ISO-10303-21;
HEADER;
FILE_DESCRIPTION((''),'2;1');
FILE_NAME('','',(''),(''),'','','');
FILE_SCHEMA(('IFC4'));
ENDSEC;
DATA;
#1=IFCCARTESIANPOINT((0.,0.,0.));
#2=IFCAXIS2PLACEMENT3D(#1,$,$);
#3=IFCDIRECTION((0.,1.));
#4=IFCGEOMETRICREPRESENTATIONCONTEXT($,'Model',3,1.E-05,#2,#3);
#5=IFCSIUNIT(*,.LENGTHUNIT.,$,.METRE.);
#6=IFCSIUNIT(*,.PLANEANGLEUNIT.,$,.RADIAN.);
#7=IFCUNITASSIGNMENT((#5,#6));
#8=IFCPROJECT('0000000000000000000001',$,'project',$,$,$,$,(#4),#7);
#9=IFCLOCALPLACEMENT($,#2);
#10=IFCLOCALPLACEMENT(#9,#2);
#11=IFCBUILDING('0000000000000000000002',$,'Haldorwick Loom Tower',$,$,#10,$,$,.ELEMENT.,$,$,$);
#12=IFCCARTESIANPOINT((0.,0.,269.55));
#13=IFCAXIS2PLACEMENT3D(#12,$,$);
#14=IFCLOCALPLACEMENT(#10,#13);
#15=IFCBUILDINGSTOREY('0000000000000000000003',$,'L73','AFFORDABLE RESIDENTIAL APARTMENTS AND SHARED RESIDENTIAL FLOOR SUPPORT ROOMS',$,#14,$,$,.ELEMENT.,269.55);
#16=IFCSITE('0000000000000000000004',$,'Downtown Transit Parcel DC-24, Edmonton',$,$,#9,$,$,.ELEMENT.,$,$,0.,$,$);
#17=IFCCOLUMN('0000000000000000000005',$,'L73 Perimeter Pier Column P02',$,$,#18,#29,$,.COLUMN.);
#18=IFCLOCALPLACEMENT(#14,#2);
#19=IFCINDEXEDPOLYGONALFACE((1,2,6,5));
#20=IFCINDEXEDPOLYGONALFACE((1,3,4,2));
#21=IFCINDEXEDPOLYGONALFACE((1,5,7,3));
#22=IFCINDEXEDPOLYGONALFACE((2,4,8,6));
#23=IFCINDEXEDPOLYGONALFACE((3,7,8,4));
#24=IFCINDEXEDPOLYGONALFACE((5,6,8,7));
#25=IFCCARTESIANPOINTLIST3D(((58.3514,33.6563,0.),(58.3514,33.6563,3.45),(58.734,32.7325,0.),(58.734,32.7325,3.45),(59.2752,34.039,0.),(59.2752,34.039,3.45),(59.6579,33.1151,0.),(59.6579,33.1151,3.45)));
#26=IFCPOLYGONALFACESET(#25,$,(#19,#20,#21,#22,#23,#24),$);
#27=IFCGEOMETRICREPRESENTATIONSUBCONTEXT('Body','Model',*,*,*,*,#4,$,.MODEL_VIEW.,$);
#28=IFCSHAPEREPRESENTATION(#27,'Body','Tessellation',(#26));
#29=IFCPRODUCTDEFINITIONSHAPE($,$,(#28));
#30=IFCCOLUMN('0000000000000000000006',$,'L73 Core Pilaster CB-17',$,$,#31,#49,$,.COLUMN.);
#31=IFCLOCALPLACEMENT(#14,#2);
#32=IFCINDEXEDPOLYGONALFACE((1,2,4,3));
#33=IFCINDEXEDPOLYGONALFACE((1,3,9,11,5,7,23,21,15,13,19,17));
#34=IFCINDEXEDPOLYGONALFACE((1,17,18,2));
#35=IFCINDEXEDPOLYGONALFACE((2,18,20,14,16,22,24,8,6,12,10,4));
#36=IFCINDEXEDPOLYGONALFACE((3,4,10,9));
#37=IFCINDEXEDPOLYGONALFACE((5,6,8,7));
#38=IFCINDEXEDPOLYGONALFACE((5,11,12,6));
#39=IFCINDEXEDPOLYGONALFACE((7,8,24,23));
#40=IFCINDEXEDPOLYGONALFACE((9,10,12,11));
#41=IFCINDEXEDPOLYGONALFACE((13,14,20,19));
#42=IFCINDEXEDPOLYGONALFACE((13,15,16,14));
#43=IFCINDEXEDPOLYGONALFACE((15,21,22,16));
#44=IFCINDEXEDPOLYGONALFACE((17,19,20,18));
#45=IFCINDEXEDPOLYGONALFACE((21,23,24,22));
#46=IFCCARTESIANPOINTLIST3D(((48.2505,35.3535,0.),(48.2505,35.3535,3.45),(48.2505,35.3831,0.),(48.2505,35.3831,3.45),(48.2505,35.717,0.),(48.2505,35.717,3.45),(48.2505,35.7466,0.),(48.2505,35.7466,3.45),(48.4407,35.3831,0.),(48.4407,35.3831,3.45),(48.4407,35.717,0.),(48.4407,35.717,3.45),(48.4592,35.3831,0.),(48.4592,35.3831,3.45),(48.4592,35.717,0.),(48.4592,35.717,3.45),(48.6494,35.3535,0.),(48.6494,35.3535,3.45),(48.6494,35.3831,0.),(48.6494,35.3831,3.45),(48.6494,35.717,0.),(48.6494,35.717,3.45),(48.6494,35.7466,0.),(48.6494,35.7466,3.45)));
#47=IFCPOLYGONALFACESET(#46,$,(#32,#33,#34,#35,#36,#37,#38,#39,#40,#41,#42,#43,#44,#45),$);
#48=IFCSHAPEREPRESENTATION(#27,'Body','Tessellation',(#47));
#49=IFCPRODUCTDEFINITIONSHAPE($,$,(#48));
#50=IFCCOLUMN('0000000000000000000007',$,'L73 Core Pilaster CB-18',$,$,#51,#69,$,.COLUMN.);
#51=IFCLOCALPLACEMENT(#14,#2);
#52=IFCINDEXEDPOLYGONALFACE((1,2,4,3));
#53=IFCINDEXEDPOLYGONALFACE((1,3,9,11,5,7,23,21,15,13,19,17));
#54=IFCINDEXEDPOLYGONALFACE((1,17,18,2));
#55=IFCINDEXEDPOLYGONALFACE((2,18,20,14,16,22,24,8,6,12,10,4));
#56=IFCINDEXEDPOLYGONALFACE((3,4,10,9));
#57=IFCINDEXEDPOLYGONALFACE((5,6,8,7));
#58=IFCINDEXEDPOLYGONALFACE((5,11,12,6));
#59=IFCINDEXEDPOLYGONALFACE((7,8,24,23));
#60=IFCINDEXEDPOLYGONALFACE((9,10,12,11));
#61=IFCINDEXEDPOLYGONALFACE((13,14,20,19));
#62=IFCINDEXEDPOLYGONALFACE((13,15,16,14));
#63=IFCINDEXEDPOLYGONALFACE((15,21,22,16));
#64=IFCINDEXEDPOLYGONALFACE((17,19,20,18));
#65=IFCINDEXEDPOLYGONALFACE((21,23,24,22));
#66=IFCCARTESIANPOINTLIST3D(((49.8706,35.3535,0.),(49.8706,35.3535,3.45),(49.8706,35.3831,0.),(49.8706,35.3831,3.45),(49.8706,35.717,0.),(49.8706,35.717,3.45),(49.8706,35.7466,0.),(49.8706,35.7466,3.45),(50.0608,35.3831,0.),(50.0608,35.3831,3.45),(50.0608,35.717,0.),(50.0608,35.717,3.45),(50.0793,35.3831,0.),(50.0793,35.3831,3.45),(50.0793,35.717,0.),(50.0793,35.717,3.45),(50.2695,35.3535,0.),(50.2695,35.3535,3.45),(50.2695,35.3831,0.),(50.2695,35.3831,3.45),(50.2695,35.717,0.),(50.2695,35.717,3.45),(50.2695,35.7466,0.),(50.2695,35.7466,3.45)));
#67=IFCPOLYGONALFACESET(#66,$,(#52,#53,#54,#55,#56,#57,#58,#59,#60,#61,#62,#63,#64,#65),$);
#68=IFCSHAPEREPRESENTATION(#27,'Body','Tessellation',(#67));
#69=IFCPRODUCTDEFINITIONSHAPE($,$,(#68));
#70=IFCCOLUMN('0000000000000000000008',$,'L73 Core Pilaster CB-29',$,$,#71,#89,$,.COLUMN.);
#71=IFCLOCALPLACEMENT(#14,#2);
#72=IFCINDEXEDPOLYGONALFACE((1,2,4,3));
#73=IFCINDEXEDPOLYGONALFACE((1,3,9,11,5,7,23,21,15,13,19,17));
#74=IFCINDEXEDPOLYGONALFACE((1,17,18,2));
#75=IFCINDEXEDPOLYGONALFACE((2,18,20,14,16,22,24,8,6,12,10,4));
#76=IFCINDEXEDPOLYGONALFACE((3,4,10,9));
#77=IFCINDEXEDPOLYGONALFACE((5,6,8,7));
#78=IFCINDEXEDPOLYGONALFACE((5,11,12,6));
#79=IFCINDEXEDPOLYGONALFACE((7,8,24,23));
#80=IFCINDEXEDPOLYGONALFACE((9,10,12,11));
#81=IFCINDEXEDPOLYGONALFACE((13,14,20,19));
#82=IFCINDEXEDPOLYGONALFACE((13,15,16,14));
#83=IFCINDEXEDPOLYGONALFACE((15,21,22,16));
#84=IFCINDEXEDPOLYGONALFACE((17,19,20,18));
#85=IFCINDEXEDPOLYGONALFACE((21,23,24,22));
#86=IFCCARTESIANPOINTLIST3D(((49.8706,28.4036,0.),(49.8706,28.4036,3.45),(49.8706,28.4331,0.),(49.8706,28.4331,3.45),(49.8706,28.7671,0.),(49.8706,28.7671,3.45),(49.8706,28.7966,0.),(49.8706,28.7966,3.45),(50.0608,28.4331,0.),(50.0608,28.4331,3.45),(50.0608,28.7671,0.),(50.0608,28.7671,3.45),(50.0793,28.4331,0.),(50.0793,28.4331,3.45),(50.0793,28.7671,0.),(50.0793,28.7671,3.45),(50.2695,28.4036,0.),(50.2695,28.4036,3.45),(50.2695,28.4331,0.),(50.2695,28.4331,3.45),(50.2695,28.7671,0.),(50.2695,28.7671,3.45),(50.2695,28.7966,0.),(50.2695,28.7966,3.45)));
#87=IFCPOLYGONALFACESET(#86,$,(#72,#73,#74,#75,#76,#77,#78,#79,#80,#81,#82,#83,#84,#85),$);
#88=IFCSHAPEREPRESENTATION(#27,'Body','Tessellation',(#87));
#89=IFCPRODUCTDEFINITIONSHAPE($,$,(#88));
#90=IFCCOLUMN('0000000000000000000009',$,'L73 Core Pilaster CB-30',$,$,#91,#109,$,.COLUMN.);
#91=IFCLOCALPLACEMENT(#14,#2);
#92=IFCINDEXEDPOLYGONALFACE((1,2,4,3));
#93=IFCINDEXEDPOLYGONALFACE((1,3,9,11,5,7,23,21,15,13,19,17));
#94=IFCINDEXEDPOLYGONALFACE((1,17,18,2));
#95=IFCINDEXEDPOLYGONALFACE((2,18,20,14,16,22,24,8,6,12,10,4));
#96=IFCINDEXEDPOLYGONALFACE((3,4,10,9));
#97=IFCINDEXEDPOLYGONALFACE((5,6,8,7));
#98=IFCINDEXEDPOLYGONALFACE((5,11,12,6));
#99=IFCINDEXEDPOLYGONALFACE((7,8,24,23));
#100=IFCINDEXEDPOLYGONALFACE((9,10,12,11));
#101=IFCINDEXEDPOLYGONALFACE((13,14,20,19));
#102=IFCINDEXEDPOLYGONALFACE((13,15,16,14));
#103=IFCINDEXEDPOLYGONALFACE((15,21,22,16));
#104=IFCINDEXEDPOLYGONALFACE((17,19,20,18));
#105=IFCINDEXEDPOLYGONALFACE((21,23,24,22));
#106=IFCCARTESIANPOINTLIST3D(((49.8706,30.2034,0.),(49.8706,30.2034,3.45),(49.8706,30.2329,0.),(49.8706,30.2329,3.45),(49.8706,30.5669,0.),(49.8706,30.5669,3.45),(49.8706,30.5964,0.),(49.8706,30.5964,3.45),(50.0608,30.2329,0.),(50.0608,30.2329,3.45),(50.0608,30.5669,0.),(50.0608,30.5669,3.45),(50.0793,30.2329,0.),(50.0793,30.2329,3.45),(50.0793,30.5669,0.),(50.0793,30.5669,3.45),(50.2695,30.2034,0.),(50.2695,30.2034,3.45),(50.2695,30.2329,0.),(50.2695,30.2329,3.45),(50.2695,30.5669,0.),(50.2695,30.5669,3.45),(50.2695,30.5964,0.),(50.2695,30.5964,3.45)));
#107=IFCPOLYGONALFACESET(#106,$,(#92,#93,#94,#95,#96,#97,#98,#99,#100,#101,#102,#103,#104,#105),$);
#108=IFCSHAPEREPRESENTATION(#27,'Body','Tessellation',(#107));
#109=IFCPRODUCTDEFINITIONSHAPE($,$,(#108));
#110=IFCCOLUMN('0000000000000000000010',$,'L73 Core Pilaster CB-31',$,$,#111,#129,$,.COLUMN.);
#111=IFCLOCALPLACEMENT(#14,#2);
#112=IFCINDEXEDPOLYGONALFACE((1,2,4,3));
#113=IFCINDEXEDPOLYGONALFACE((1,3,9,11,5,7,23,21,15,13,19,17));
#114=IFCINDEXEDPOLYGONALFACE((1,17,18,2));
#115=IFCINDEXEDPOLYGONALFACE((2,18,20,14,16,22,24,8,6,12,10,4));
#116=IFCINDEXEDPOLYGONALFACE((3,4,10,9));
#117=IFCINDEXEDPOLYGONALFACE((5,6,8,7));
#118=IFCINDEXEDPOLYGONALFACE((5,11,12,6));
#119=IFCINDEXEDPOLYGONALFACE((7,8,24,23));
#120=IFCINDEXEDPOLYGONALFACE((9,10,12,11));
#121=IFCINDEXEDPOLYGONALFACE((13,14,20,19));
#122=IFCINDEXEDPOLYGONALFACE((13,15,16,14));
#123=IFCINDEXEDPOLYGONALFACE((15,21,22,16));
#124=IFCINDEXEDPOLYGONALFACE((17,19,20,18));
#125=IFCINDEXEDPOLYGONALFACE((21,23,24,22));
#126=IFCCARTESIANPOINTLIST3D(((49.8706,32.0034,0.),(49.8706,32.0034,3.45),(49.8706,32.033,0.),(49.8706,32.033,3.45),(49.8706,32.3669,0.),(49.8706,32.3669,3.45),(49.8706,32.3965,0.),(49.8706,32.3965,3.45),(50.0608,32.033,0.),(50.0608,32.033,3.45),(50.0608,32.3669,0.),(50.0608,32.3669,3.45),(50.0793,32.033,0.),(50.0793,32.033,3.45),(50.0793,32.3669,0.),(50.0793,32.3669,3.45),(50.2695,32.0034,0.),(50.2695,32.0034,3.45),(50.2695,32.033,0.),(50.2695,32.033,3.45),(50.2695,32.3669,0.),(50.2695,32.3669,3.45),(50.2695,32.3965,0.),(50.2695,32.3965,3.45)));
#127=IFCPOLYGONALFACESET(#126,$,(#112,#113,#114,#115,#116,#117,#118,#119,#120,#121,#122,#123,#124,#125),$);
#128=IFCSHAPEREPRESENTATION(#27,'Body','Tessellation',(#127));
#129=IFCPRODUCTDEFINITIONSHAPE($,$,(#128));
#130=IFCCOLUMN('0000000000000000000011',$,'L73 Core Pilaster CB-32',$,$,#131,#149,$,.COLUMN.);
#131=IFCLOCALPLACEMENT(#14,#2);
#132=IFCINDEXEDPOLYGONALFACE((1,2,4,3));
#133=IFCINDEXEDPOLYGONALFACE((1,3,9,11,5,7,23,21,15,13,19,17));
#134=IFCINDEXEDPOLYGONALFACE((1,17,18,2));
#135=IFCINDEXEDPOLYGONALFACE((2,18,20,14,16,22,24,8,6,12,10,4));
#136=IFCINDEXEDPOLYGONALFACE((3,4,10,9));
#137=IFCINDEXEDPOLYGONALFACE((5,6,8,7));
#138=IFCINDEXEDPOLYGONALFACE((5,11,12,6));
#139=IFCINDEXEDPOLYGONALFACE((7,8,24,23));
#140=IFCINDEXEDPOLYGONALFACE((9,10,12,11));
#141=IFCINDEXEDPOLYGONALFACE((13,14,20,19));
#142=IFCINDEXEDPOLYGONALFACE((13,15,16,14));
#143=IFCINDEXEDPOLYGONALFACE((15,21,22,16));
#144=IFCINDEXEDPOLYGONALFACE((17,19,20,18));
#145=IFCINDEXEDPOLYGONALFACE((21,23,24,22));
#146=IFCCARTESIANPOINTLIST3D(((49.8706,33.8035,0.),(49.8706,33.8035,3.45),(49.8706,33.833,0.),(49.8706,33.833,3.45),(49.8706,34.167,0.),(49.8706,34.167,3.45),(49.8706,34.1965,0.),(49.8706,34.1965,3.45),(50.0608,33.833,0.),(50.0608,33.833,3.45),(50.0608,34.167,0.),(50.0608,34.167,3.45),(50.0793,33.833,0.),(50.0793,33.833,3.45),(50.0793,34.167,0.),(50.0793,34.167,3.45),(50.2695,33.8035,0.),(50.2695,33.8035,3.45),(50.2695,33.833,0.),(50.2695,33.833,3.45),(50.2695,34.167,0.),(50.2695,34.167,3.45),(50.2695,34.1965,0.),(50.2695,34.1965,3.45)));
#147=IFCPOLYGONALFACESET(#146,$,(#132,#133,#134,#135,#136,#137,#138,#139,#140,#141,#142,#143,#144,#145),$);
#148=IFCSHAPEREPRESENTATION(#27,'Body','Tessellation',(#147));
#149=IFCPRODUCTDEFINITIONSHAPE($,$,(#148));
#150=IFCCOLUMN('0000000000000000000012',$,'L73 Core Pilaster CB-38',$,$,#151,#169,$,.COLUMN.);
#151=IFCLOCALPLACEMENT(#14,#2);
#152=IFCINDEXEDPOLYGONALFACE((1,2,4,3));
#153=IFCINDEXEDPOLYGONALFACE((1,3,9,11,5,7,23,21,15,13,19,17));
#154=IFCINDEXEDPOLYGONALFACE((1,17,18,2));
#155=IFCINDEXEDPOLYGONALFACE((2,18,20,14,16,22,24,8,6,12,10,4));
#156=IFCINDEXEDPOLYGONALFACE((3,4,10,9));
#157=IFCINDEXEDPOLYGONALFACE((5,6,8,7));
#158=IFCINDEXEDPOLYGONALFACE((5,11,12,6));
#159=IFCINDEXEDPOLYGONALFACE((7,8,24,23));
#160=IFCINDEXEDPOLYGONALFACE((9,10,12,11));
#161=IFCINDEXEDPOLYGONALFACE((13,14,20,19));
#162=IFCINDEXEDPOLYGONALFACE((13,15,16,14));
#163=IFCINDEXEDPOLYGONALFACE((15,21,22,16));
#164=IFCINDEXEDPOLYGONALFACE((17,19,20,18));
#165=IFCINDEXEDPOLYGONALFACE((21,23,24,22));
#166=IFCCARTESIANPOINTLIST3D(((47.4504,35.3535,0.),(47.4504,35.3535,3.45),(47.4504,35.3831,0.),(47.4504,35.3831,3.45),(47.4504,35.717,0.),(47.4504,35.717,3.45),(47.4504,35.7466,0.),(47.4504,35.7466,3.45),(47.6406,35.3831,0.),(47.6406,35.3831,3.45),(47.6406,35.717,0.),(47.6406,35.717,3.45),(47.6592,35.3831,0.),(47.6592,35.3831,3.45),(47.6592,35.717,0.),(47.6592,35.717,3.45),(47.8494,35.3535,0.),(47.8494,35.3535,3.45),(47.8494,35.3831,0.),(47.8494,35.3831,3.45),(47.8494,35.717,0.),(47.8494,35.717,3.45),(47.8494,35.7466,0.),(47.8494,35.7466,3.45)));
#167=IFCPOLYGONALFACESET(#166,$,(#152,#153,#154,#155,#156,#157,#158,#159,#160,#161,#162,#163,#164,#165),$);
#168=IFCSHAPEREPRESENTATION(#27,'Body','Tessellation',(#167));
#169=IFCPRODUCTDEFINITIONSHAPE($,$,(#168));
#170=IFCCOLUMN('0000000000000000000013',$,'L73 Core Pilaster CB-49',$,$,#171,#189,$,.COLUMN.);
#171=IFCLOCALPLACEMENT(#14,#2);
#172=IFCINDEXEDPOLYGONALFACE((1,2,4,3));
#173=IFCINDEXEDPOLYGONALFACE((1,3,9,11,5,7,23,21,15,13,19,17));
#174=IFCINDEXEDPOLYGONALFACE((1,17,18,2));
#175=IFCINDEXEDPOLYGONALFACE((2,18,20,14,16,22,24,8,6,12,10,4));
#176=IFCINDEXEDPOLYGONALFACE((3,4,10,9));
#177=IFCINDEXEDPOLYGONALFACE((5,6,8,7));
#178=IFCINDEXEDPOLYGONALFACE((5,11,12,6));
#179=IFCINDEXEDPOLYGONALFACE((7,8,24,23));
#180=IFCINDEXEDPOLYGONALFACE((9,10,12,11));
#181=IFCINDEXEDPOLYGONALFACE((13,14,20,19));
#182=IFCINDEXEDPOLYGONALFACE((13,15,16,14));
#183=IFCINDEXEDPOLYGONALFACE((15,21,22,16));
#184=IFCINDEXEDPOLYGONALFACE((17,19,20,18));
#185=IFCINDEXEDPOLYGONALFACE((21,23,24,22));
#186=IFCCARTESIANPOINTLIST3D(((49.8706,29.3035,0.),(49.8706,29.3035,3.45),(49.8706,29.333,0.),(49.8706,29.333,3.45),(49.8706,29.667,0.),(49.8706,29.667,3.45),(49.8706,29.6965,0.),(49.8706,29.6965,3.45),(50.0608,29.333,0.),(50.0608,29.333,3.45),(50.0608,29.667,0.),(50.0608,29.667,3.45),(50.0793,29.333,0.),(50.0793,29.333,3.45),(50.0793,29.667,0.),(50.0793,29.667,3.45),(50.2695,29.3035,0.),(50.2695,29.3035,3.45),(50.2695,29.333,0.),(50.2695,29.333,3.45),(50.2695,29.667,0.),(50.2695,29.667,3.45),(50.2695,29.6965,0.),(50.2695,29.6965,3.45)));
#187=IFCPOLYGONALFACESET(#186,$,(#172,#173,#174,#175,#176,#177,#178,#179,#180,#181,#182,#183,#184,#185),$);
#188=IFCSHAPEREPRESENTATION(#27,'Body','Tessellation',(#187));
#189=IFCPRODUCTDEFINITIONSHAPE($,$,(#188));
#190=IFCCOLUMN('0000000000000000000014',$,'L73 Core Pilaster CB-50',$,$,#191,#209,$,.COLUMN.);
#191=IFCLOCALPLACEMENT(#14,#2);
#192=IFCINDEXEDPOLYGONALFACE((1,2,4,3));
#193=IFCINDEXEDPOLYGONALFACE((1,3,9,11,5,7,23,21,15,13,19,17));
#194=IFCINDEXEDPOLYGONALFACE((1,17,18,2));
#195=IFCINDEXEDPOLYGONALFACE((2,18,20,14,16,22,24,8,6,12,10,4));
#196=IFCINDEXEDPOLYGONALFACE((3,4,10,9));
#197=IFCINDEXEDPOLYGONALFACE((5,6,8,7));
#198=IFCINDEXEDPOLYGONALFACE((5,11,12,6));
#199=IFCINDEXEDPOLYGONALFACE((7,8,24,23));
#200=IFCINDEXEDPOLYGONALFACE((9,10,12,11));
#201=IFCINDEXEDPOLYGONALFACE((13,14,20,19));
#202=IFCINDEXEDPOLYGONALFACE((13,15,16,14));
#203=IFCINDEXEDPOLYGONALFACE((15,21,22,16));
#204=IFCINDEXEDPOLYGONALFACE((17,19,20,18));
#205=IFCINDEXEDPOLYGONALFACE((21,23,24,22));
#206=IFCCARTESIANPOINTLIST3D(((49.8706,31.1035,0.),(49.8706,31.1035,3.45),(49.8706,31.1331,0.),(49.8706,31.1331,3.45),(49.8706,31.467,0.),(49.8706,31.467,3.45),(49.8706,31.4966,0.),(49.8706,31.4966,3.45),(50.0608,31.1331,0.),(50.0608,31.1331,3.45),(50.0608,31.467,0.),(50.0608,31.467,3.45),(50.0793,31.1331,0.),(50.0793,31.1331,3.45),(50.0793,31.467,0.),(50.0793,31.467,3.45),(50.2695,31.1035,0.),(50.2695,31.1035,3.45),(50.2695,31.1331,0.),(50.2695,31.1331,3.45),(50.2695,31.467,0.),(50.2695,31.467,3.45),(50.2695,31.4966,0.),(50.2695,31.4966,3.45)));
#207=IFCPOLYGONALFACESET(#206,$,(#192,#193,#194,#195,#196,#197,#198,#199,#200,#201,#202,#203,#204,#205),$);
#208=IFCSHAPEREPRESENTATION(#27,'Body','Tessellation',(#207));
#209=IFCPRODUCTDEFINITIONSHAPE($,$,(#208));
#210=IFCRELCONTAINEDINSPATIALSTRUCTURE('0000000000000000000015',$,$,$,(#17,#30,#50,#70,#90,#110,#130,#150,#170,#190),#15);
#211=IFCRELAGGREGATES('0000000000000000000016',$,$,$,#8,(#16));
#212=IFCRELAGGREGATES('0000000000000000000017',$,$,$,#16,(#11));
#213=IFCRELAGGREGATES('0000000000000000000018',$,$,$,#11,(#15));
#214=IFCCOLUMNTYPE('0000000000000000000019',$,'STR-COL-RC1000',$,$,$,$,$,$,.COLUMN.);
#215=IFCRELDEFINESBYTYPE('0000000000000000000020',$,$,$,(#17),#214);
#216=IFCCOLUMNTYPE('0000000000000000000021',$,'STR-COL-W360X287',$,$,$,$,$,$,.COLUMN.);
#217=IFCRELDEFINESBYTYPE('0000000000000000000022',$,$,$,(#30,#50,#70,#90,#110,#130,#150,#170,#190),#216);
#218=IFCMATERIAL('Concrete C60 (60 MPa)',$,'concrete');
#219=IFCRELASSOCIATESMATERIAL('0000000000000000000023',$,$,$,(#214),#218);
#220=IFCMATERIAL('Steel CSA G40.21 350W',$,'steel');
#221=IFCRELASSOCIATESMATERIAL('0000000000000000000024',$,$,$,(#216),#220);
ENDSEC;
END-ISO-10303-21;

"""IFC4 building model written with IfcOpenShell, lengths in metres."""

from ifc_helpers import new_model, si_unit, direction, frame, origin, origin_2d, place, context, subcontext, project, spatial, rectangle, i_section, extrude, material, material_profile, profile_set, type_object, element, save


model = new_model("IFC4")

# Units and contexts
model_context = context("Model", 3, precision=1e-05, world=origin(), true_north=direction((0.0, 1.0)))
body_context = subcontext(model_context, "Body", "Model", "MODEL_VIEW")
ifc_project = project(units=[si_unit("LENGTHUNIT", "METRE"), si_unit("PLANEANGLEUNIT", "RADIAN")], contexts=[model_context])

# Site, building, storey
site_placement = place(None, origin())
site = spatial("IfcSite", under=ifc_project, at=site_placement, Name="Downtown Transit Parcel DC-24, Edmonton", CompositionType="ELEMENT", RefElevation=0.0)
building_placement = place(site_placement, origin())
building = spatial("IfcBuilding", under=site, at=building_placement, Name="Haldorwick Loom Tower", CompositionType="ELEMENT")
storey_placement = place(building_placement, frame((0.0, 0.0, 269.55)))
storey = spatial("IfcBuildingStorey", under=building, at=storey_placement, Name="L73", Description="AFFORDABLE RESIDENTIAL APARTMENTS AND SHARED RESIDENTIAL FLOOR SUPPORT ROOMS", CompositionType="ELEMENT", Elevation=269.55)

# Columns
ifc_material_1 = material(Name="Concrete C60 (60 MPa)", Category="concrete")
ifc_material_profile_1 = material_profile(ifc_material_1, rectangle(XDim=1.0, YDim=1.0, at=origin_2d()), Name="RC1000X1000", Category="concrete")
ifc_profile_set_1 = profile_set([ifc_material_profile_1], Name="Concrete C60 (60 MPa)")
column_type_1 = type_object("IfcColumnType", Name="STR-COL-RC1000", PredefinedType="COLUMN", material=ifc_profile_set_1)
column_1_placement = place(storey_placement, frame((59.0046, 33.3857, 0.0), z_axis=(0.0, 0.0, 1.0), x_axis=(0.92388, 0.382683, 0.0)))
element("IfcColumn", 1, at=column_1_placement, inside=storey, type_object=column_type_1, Name="L73 Perimeter Pier Column P02", PredefinedType="COLUMN", context=body_context, shape_type="SweptSolid", body=[
    extrude(rectangle(XDim=1.0, YDim=1.0, at=origin_2d()), origin(), (0.0, 0.0, 1.0), 3.45),
])
ifc_material_2 = material(Name="Steel CSA G40.21 350W", Category="steel")
ifc_material_profile_2 = material_profile(ifc_material_2, i_section(OverallWidth=0.3989, OverallDepth=0.3931, WebThickness=0.0186, FlangeThickness=0.0295, at=origin_2d()), Name="W360X287", Category="steel")
ifc_profile_set_2 = profile_set([ifc_material_profile_2], Name="Steel CSA G40.21 350W")
column_type_2 = type_object("IfcColumnType", Name="STR-COL-W360X287", PredefinedType="COLUMN", material=ifc_profile_set_2)
for number, where, z_axis, x_axis, name in (
    (2, (48.45, 35.55, 0.0), (0.0, 0.0, 1.0), (1.0, 0.0, 0.0), "L73 Core Pilaster CB-17"),
    (3, (50.0701, 35.55, 0.0), (0.0, 0.0, 1.0), (1.0, 0.0, 0.0), "L73 Core Pilaster CB-18"),
    (4, (50.0701, 28.6001, 0.0), (0.0, 0.0, 1.0), (1.0, 0.0, 0.0), "L73 Core Pilaster CB-29"),
    (5, (50.0701, 30.3999, 0.0), (0.0, 0.0, 1.0), (1.0, 0.0, 0.0), "L73 Core Pilaster CB-30"),
    (6, (50.0701, 32.2, 0.0), (0.0, 0.0, 1.0), (1.0, 0.0, 0.0), "L73 Core Pilaster CB-31"),
    (7, (50.0701, 34.0, 0.0), (0.0, 0.0, 1.0), (1.0, 0.0, 0.0), "L73 Core Pilaster CB-32"),
    (8, (47.6499, 35.55, 0.0), (0.0, 0.0, 1.0), (1.0, 0.0, 0.0), "L73 Core Pilaster CB-38"),
    (9, (50.0701, 29.5, 0.0), (0.0, 0.0, 1.0), (1.0, 0.0, 0.0), "L73 Core Pilaster CB-49"),
    (10, (50.0701, 31.3, 0.0), (0.0, 0.0, 1.0), (1.0, 0.0, 0.0), "L73 Core Pilaster CB-50"),
):
    element("IfcColumn", number, at=place(storey_placement, frame(where, z_axis=z_axis, x_axis=x_axis)), inside=storey, type_object=column_type_2, Name=name, PredefinedType="COLUMN", context=body_context, shape_type="SweptSolid", body=[
        extrude(i_section(OverallWidth=0.3989, OverallDepth=0.3931, WebThickness=0.0186, FlangeThickness=0.0295, at=origin_2d()), origin(), (0.0, 0.0, 1.0), 3.45),
    ])

save(model, "model.ifc")
